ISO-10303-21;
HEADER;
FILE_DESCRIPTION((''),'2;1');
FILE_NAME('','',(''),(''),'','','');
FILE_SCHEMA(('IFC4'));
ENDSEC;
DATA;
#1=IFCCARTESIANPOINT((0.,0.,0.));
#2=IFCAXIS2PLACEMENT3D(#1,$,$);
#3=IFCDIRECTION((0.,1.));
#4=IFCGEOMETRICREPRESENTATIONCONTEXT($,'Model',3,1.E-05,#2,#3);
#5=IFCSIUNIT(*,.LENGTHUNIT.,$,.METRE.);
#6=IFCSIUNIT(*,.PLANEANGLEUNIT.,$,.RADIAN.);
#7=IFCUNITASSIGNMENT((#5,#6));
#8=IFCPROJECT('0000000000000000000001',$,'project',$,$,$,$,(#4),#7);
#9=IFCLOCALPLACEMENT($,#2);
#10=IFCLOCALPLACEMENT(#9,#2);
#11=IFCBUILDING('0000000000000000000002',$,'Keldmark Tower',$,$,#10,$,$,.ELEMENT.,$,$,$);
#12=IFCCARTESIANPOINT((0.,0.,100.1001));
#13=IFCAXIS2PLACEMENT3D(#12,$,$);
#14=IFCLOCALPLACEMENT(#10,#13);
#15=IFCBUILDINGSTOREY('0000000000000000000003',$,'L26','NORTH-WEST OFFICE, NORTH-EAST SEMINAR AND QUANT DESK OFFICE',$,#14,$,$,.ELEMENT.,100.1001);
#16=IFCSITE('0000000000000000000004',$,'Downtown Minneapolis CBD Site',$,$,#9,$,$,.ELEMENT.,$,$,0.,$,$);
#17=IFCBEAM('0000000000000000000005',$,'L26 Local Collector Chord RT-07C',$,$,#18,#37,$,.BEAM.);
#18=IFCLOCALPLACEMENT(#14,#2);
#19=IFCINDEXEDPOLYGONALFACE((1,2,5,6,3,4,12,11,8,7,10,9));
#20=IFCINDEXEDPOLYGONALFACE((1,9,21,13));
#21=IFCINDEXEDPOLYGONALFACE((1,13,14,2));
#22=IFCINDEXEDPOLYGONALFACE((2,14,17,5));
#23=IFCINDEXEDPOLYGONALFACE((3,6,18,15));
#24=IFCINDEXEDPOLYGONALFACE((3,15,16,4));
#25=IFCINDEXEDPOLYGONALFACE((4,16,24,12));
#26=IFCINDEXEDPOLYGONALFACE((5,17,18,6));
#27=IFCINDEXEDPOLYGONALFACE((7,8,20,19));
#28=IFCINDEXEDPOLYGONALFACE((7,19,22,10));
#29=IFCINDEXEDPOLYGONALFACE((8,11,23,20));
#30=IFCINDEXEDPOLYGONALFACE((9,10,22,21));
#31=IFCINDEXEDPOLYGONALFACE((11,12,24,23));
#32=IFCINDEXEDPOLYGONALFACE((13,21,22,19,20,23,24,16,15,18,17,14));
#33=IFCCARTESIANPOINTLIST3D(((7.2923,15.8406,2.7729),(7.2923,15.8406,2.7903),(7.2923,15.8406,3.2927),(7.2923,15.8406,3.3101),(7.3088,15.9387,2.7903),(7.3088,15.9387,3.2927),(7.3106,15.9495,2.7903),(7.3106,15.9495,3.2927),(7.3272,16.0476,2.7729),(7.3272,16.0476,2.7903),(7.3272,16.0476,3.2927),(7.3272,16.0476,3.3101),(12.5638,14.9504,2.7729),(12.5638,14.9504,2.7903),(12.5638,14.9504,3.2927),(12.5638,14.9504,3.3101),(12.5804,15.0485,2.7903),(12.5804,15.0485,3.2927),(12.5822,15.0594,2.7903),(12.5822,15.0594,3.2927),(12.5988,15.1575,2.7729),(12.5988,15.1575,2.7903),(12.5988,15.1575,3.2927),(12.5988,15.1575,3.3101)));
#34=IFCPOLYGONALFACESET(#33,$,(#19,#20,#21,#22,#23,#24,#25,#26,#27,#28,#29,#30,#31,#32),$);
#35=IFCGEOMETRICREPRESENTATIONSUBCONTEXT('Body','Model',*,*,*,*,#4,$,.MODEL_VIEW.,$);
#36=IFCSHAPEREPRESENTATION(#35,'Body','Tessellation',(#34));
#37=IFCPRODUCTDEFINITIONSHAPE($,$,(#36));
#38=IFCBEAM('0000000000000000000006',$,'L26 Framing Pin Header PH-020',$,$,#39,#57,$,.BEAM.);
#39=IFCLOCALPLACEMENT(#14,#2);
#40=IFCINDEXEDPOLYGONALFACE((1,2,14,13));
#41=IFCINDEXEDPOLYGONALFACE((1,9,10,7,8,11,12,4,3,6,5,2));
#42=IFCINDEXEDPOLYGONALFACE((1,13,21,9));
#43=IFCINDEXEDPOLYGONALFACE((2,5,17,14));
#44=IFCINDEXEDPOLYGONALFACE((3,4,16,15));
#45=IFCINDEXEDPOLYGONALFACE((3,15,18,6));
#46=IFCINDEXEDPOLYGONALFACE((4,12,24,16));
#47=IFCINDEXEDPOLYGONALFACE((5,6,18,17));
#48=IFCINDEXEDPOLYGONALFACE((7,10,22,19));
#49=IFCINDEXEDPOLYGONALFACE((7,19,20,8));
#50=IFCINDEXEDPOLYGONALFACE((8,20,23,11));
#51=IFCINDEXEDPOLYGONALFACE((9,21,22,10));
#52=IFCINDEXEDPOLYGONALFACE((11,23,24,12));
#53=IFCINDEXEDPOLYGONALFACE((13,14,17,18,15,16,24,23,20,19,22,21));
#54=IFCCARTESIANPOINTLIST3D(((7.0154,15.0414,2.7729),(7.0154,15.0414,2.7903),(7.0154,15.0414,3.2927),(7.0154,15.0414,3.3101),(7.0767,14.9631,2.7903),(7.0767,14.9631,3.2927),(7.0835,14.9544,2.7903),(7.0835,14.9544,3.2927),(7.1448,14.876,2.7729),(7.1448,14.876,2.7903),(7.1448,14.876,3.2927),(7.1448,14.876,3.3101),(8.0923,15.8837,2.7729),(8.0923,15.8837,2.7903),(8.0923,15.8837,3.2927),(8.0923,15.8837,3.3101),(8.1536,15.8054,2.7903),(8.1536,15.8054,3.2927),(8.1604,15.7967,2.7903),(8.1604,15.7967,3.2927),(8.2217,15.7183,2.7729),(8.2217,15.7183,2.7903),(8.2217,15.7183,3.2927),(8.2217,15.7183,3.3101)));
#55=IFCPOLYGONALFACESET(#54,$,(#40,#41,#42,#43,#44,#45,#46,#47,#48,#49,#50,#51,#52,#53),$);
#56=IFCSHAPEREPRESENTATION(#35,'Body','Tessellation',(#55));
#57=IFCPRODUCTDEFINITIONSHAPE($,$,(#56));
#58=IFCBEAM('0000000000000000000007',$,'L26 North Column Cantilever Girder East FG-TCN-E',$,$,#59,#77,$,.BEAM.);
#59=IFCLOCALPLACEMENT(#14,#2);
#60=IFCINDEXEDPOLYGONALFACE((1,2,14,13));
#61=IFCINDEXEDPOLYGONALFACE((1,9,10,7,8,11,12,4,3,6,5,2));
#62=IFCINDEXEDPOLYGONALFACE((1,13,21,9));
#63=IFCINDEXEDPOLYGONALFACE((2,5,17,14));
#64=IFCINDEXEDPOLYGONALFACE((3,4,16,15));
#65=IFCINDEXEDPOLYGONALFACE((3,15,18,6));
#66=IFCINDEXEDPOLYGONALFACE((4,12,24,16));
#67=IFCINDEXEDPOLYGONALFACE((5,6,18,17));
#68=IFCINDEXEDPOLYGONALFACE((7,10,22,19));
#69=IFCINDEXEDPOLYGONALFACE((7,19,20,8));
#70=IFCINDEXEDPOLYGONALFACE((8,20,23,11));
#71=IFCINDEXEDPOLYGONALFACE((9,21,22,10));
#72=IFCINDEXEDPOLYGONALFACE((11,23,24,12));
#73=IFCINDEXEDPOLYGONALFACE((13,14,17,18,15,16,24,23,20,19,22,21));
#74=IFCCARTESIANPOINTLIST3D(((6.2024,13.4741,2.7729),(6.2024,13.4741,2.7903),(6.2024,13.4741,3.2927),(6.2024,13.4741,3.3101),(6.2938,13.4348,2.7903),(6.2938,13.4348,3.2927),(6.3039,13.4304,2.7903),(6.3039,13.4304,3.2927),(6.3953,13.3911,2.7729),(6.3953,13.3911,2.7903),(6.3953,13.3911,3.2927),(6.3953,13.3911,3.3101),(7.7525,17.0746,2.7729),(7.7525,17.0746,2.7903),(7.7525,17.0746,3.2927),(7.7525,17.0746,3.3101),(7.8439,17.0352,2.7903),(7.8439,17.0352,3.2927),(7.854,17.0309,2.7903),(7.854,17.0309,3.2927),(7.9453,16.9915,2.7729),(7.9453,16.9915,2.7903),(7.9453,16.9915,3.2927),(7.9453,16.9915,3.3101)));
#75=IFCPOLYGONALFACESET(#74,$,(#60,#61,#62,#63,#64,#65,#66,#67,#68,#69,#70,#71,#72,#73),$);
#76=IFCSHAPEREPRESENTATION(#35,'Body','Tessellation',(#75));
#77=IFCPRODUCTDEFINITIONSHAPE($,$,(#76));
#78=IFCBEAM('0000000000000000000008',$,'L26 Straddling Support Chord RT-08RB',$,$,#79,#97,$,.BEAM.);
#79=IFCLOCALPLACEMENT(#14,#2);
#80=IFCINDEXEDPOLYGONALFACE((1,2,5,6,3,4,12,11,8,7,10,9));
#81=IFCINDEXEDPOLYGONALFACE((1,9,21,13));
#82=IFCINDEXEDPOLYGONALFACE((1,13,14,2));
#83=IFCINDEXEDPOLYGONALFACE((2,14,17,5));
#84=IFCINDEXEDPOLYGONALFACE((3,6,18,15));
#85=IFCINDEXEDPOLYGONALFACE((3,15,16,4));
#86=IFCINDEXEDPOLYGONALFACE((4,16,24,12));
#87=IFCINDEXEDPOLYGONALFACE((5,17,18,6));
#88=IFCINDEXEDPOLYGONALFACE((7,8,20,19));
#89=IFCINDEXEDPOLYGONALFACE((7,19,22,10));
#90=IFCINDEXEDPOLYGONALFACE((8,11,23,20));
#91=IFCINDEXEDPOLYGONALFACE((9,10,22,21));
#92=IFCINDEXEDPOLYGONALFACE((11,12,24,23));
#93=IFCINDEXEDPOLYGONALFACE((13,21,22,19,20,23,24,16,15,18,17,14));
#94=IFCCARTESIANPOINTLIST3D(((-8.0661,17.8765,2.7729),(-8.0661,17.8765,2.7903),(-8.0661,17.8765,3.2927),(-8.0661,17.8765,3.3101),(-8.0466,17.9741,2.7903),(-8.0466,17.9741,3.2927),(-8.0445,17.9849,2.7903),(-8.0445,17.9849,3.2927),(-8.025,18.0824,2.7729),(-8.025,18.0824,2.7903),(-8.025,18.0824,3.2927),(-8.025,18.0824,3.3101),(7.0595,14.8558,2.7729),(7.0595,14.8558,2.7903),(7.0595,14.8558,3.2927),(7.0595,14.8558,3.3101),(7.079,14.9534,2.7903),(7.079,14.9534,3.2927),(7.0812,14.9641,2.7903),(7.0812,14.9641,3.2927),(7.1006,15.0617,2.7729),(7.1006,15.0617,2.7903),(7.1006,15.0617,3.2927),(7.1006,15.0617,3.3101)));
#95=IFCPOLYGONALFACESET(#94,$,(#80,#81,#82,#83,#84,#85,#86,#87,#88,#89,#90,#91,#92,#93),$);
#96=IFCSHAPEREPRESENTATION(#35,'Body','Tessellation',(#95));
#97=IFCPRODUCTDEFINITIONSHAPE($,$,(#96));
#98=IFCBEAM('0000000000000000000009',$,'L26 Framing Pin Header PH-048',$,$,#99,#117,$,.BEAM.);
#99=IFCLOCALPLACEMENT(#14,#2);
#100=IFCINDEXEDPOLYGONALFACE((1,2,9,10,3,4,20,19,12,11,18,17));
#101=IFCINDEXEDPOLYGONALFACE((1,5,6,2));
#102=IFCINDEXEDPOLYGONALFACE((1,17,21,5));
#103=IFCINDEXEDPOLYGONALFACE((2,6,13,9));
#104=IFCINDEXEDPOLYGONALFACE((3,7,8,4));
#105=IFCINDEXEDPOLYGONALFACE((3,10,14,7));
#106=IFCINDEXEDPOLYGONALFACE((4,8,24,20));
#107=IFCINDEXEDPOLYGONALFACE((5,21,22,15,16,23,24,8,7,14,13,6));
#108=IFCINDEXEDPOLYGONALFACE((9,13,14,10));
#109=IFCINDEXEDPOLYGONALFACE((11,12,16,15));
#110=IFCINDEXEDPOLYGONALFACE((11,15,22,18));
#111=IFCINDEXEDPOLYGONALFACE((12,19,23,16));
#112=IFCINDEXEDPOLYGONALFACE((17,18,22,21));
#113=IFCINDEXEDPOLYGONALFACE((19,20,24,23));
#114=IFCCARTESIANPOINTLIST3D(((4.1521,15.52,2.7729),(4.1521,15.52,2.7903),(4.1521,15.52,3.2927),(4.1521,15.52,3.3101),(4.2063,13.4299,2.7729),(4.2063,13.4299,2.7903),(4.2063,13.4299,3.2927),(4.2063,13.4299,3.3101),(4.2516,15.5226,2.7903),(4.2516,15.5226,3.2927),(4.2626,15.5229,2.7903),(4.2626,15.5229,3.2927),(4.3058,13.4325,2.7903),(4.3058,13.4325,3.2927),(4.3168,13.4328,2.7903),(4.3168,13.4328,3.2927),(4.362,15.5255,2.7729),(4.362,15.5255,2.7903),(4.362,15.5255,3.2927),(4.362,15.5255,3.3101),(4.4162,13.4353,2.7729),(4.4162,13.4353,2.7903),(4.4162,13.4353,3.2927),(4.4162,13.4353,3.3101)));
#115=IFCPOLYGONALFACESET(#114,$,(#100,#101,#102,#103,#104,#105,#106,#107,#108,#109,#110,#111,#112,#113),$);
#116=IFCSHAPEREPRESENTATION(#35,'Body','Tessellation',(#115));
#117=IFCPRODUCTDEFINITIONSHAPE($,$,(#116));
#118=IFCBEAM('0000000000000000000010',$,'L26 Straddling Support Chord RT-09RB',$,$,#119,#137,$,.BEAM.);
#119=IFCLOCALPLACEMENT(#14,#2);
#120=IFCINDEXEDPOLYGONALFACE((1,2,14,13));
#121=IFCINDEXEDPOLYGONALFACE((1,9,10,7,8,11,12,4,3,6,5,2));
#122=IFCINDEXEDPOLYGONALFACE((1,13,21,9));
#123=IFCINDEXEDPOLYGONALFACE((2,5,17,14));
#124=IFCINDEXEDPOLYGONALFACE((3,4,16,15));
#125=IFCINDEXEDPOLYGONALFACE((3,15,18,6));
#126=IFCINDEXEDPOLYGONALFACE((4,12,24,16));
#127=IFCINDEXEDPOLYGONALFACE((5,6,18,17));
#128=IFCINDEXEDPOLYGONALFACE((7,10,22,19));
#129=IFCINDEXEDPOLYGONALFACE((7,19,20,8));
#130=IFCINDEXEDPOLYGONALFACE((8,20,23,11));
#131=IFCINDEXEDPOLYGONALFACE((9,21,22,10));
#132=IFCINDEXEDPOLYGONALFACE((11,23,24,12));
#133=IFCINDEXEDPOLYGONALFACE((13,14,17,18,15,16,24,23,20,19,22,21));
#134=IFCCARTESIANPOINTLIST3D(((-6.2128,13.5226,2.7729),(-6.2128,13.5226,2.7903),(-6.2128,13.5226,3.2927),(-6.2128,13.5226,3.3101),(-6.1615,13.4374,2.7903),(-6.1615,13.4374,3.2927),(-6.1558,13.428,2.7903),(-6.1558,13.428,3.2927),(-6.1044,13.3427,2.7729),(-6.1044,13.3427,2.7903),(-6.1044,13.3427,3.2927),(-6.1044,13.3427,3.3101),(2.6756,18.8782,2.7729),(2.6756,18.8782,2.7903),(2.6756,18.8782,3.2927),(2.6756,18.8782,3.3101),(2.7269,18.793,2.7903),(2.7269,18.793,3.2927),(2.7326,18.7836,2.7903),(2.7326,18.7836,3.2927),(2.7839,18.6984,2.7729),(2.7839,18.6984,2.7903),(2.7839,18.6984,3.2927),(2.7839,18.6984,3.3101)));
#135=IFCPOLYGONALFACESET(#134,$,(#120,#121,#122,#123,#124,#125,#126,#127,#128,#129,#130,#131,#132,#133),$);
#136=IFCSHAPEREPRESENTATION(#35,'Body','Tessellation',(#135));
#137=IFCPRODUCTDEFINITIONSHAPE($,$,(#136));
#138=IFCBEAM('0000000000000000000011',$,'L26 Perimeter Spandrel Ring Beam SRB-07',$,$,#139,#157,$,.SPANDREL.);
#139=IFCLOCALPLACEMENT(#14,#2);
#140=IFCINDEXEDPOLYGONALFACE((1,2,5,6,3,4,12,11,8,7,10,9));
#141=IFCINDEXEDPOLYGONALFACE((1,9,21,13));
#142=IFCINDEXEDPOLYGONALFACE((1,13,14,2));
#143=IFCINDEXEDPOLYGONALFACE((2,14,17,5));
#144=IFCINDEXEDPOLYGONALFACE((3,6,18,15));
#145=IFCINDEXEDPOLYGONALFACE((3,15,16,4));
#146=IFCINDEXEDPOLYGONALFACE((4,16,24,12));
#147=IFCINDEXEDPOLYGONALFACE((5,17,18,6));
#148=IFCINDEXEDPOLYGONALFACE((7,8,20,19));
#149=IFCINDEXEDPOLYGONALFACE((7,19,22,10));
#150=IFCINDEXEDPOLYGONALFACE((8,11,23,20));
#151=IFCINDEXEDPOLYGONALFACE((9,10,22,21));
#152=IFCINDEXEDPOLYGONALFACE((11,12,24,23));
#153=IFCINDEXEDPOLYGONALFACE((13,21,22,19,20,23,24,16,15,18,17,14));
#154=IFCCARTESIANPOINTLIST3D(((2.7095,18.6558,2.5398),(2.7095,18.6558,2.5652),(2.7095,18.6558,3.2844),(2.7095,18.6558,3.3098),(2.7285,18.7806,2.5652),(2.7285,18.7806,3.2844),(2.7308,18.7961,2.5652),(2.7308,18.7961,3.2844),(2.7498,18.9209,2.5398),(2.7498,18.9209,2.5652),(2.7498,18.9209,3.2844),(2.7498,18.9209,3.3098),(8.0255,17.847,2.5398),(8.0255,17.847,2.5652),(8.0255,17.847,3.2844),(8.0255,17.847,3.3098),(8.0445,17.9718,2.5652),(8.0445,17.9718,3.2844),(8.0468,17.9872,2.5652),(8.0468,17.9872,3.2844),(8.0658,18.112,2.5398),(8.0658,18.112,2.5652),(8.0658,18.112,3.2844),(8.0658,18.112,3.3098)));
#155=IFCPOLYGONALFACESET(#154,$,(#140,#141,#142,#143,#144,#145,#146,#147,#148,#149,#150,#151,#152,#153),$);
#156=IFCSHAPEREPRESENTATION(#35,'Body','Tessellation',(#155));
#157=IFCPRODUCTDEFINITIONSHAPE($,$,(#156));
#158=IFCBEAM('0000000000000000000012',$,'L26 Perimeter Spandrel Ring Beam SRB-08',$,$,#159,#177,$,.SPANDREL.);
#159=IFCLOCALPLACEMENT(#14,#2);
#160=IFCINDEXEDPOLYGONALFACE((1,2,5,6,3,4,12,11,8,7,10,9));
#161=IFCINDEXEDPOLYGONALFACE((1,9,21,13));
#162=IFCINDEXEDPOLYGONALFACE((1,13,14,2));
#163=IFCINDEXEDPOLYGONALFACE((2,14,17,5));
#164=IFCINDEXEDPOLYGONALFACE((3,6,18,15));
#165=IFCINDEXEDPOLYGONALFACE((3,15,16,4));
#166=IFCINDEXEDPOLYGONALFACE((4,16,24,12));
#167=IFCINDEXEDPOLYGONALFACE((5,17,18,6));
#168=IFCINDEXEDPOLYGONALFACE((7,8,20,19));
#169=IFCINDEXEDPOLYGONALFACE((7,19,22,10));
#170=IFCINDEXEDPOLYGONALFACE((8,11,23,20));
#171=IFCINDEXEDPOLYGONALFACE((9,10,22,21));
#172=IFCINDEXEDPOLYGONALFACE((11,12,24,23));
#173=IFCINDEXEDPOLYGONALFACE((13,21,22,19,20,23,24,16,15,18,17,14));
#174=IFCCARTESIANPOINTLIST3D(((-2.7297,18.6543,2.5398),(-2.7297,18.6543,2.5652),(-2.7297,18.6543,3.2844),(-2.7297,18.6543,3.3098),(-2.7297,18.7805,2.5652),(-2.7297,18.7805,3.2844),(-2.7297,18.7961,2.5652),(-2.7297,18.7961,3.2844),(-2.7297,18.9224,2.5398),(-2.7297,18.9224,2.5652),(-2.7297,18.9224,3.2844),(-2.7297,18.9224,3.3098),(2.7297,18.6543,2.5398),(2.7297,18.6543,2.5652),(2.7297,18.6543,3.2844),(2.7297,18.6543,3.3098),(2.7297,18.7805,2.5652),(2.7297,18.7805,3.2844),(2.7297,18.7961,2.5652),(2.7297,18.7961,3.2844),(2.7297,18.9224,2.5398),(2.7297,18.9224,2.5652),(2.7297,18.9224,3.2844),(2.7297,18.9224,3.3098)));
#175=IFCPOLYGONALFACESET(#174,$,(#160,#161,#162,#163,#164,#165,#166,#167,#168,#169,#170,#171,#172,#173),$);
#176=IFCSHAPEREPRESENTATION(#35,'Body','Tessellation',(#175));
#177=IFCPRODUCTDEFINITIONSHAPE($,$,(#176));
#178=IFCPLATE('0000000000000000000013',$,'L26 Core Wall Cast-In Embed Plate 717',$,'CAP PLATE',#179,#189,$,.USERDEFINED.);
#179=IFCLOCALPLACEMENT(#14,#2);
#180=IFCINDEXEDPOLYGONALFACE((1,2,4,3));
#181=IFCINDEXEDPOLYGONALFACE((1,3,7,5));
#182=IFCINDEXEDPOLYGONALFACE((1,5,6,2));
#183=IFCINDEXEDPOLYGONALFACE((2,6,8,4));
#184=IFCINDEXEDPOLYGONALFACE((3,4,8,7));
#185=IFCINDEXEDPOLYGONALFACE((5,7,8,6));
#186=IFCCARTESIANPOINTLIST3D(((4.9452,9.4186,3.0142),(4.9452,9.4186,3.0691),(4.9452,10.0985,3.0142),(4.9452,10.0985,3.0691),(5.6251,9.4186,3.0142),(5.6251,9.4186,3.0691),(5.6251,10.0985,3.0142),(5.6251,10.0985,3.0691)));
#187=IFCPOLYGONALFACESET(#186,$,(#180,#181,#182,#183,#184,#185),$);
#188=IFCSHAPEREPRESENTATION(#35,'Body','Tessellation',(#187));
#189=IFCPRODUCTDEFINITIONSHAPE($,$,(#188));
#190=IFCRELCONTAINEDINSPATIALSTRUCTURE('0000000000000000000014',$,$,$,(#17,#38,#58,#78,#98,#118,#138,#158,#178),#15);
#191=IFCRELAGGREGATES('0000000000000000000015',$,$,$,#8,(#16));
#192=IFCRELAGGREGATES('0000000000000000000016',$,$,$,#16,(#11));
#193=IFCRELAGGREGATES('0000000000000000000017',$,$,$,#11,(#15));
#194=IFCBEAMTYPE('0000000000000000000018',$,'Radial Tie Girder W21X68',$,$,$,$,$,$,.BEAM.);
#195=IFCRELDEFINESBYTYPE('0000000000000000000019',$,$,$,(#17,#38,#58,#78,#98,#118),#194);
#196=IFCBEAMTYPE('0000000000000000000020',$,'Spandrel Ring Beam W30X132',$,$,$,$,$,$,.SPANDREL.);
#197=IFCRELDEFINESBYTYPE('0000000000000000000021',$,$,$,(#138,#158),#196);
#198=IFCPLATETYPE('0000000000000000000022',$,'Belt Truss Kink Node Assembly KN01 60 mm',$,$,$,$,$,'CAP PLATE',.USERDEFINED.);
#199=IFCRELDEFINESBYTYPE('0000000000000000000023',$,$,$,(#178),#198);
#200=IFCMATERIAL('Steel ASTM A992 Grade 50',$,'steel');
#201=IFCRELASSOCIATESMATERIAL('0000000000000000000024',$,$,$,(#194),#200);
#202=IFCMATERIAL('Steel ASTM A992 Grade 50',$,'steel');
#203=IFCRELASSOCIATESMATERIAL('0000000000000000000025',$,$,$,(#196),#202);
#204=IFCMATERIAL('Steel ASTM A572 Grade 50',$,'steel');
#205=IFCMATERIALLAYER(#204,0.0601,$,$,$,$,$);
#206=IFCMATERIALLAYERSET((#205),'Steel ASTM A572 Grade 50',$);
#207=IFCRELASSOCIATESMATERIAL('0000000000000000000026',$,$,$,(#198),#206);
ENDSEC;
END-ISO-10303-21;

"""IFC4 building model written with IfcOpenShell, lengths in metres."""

from ifc_helpers import new_model, si_unit, direction, frame, origin, origin_2d, place, context, subcontext, project, spatial, rectangle, i_section, extrude, material, layer, layer_set, material_profile, profile_set, type_object, element, save


model = new_model("IFC4")

# Units and contexts
model_context = context("Model", 3, precision=1e-05, world=origin(), true_north=direction((0.0, 1.0)))
body_context = subcontext(model_context, "Body", "Model", "MODEL_VIEW")
ifc_project = project(units=[si_unit("LENGTHUNIT", "METRE"), si_unit("PLANEANGLEUNIT", "RADIAN")], contexts=[model_context])

# Site, building, storey
site_placement = place(None, origin())
site = spatial("IfcSite", under=ifc_project, at=site_placement, Name="Downtown Minneapolis CBD Site", CompositionType="ELEMENT", RefElevation=0.0)
building_placement = place(site_placement, origin())
building = spatial("IfcBuilding", under=site, at=building_placement, Name="Keldmark Tower", CompositionType="ELEMENT")
storey_placement = place(building_placement, frame((0.0, 0.0, 100.1001)))
storey = spatial("IfcBuildingStorey", under=building, at=storey_placement, Name="L26", Description="NORTH-WEST OFFICE, NORTH-EAST SEMINAR AND QUANT DESK OFFICE", CompositionType="ELEMENT", Elevation=100.1001)

# Beams
ifc_material_1 = material(Name="Steel ASTM A992 Grade 50", Category="steel")
ifc_material_profile_1 = material_profile(ifc_material_1, i_section(OverallWidth=0.21, OverallDepth=0.5371, WebThickness=0.011, FlangeThickness=0.0173, at=origin_2d()), Name="W21X68")
ifc_profile_set_1 = profile_set([ifc_material_profile_1], Name="Steel ASTM A992 Grade 50")
beam_type_1 = type_object("IfcBeamType", Name="Radial Tie Girder W21X68", PredefinedType="BEAM", material=ifc_profile_set_1)
beam_1_placement = place(storey_placement, frame((12.5813, 15.054, 3.0415), z_axis=(-0.986041, 0.166502, 0.0), x_axis=(-0.166502, -0.986041, 0.0)))
element("IfcBeam", 1, at=beam_1_placement, inside=storey, type_object=beam_type_1, Name="L26 Local Collector Chord RT-07C", PredefinedType="BEAM", context=body_context, shape_type="SweptSolid", body=[
    extrude(i_section(OverallWidth=0.21, OverallDepth=0.5371, WebThickness=0.011, FlangeThickness=0.0173, at=origin_2d()), origin(), (0.0, 0.0, 1.0), 5.3462),
])
beam_2_placement = place(storey_placement, frame((7.0801, 14.9587, 3.0415), z_axis=(0.787686, 0.616077, 0.0), x_axis=(-0.616077, 0.787686, 0.0)))
element("IfcBeam", 2, at=beam_2_placement, inside=storey, type_object=beam_type_1, Name="L26 Framing Pin Header PH-020", PredefinedType="BEAM", context=body_context, shape_type="SweptSolid", body=[
    extrude(i_section(OverallWidth=0.21, OverallDepth=0.5371, WebThickness=0.011, FlangeThickness=0.0173, at=origin_2d()), origin(), (0.0, 0.0, 1.0), 1.3672),
])
beam_3_placement = place(storey_placement, frame((6.2988, 13.4326, 3.0415), z_axis=(0.395437, 0.918493, 0.0), x_axis=(-0.918493, 0.395437, 0.0)))
element("IfcBeam", 3, at=beam_3_placement, inside=storey, type_object=beam_type_1, Name="L26 North Column Cantilever Girder East FG-TCN-E", PredefinedType="BEAM", context=body_context, shape_type="SweptSolid", body=[
    extrude(i_section(OverallWidth=0.21, OverallDepth=0.5371, WebThickness=0.011, FlangeThickness=0.0173, at=origin_2d()), origin(), (0.0, 0.0, 1.0), 3.9199),
])
beam_4_placement = place(storey_placement, frame((7.0801, 14.9587, 3.0415), z_axis=(-0.980635, 0.195842, 0.0), x_axis=(-0.195842, -0.980635, 0.0)))
element("IfcBeam", 4, at=beam_4_placement, inside=storey, type_object=beam_type_1, Name="L26 Straddling Support Chord RT-08RB", PredefinedType="BEAM", context=body_context, shape_type="SweptSolid", body=[
    extrude(i_section(OverallWidth=0.21, OverallDepth=0.5371, WebThickness=0.011, FlangeThickness=0.0173, at=origin_2d()), origin(), (0.0, 0.0, 1.0), 15.4243),
])
beam_5_placement = place(storey_placement, frame((4.3113, 13.4326, 3.0415), z_axis=(-0.025923, 0.999664, 0.0), x_axis=(-0.999664, -0.025923, 0.0)))
element("IfcBeam", 5, at=beam_5_placement, inside=storey, type_object=beam_type_1, Name="L26 Framing Pin Header PH-048", PredefinedType="BEAM", context=body_context, shape_type="SweptSolid", body=[
    extrude(i_section(OverallWidth=0.21, OverallDepth=0.5371, WebThickness=0.011, FlangeThickness=0.0173, at=origin_2d()), origin(), (0.0, 0.0, 1.0), 2.0908),
])
beam_6_placement = place(storey_placement, frame((2.7297, 18.7883, 3.0415), z_axis=(-0.856528, -0.5161, 0.0), x_axis=(0.5161, -0.856528, 0.0)))
element("IfcBeam", 6, at=beam_6_placement, inside=storey, type_object=beam_type_1, Name="L26 Straddling Support Chord RT-09RB", PredefinedType="BEAM", context=body_context, shape_type="SweptSolid", body=[
    extrude(i_section(OverallWidth=0.21, OverallDepth=0.5371, WebThickness=0.011, FlangeThickness=0.0173, at=origin_2d()), origin(), (0.0, 0.0, 1.0), 10.3772),
])
ifc_material_2 = material(Name="Steel ASTM A992 Grade 50", Category="steel")
ifc_material_profile_2 = material_profile(ifc_material_2, i_section(OverallWidth=0.2681, OverallDepth=0.77, WebThickness=0.0156, FlangeThickness=0.0254, at=origin_2d()), Name="W30X132")
ifc_profile_set_2 = profile_set([ifc_material_profile_2], Name="Steel ASTM A992 Grade 50")
beam_type_2 = type_object("IfcBeamType", Name="Spandrel Ring Beam W30X132", PredefinedType="SPANDREL", material=ifc_profile_set_2)
beam_7_placement = place(storey_placement, frame((8.0457, 17.9795, 2.9248), z_axis=(-0.988622, 0.150423, 0.0), x_axis=(-0.150423, -0.988622, 0.0)))
element("IfcBeam", 7, at=beam_7_placement, inside=storey, type_object=beam_type_2, Name="L26 Perimeter Spandrel Ring Beam SRB-07", PredefinedType="SPANDREL", context=body_context, shape_type="SweptSolid", body=[
    extrude(i_section(OverallWidth=0.2681, OverallDepth=0.77, WebThickness=0.0156, FlangeThickness=0.0254, at=origin_2d()), origin(), (0.0, 0.0, 1.0), 5.3772),
])
beam_8_placement = place(storey_placement, frame((2.7297, 18.7883, 2.9248), z_axis=(-1.0, 0.0, 0.0), x_axis=(0.0, -1.0, 0.0)))
element("IfcBeam", 8, at=beam_8_placement, inside=storey, type_object=beam_type_2, Name="L26 Perimeter Spandrel Ring Beam SRB-08", PredefinedType="SPANDREL", context=body_context, shape_type="SweptSolid", body=[
    extrude(i_section(OverallWidth=0.2681, OverallDepth=0.77, WebThickness=0.0156, FlangeThickness=0.0254, at=origin_2d()), origin(), (0.0, 0.0, 1.0), 5.4595),
])

# Plate
ifc_material_3 = material(Name="Steel ASTM A572 Grade 50", Category="steel")
ifc_layer_1 = layer(ifc_material_3, 0.0601)
ifc_layer_set_1 = layer_set([ifc_layer_1], Name="Steel ASTM A572 Grade 50")
plate_type_1 = type_object("IfcPlateType", Name="Belt Truss Kink Node Assembly KN01 60 mm", ElementType="CAP PLATE", PredefinedType="USERDEFINED", material=ifc_layer_set_1)
for number, where, z_axis, x_axis, name in (
    (9, (5.2852, 9.7585, 3.0142), (0.0, 0.0, 1.0), (1.0, 0.0, 0.0), "L26 Core Wall Cast-In Embed Plate 717"),
):
    element("IfcPlate", number, at=place(storey_placement, frame(where, z_axis=z_axis, x_axis=x_axis)), inside=storey, type_object=plate_type_1, Name=name, ObjectType="CAP PLATE", PredefinedType="USERDEFINED", context=body_context, shape_type="SweptSolid", body=[
        extrude(rectangle(XDim=0.6799, YDim=0.6799, at=origin_2d()), origin(), (0.0, 0.0, 1.0), 0.0549),
    ])

save(model, "model.ifc")
